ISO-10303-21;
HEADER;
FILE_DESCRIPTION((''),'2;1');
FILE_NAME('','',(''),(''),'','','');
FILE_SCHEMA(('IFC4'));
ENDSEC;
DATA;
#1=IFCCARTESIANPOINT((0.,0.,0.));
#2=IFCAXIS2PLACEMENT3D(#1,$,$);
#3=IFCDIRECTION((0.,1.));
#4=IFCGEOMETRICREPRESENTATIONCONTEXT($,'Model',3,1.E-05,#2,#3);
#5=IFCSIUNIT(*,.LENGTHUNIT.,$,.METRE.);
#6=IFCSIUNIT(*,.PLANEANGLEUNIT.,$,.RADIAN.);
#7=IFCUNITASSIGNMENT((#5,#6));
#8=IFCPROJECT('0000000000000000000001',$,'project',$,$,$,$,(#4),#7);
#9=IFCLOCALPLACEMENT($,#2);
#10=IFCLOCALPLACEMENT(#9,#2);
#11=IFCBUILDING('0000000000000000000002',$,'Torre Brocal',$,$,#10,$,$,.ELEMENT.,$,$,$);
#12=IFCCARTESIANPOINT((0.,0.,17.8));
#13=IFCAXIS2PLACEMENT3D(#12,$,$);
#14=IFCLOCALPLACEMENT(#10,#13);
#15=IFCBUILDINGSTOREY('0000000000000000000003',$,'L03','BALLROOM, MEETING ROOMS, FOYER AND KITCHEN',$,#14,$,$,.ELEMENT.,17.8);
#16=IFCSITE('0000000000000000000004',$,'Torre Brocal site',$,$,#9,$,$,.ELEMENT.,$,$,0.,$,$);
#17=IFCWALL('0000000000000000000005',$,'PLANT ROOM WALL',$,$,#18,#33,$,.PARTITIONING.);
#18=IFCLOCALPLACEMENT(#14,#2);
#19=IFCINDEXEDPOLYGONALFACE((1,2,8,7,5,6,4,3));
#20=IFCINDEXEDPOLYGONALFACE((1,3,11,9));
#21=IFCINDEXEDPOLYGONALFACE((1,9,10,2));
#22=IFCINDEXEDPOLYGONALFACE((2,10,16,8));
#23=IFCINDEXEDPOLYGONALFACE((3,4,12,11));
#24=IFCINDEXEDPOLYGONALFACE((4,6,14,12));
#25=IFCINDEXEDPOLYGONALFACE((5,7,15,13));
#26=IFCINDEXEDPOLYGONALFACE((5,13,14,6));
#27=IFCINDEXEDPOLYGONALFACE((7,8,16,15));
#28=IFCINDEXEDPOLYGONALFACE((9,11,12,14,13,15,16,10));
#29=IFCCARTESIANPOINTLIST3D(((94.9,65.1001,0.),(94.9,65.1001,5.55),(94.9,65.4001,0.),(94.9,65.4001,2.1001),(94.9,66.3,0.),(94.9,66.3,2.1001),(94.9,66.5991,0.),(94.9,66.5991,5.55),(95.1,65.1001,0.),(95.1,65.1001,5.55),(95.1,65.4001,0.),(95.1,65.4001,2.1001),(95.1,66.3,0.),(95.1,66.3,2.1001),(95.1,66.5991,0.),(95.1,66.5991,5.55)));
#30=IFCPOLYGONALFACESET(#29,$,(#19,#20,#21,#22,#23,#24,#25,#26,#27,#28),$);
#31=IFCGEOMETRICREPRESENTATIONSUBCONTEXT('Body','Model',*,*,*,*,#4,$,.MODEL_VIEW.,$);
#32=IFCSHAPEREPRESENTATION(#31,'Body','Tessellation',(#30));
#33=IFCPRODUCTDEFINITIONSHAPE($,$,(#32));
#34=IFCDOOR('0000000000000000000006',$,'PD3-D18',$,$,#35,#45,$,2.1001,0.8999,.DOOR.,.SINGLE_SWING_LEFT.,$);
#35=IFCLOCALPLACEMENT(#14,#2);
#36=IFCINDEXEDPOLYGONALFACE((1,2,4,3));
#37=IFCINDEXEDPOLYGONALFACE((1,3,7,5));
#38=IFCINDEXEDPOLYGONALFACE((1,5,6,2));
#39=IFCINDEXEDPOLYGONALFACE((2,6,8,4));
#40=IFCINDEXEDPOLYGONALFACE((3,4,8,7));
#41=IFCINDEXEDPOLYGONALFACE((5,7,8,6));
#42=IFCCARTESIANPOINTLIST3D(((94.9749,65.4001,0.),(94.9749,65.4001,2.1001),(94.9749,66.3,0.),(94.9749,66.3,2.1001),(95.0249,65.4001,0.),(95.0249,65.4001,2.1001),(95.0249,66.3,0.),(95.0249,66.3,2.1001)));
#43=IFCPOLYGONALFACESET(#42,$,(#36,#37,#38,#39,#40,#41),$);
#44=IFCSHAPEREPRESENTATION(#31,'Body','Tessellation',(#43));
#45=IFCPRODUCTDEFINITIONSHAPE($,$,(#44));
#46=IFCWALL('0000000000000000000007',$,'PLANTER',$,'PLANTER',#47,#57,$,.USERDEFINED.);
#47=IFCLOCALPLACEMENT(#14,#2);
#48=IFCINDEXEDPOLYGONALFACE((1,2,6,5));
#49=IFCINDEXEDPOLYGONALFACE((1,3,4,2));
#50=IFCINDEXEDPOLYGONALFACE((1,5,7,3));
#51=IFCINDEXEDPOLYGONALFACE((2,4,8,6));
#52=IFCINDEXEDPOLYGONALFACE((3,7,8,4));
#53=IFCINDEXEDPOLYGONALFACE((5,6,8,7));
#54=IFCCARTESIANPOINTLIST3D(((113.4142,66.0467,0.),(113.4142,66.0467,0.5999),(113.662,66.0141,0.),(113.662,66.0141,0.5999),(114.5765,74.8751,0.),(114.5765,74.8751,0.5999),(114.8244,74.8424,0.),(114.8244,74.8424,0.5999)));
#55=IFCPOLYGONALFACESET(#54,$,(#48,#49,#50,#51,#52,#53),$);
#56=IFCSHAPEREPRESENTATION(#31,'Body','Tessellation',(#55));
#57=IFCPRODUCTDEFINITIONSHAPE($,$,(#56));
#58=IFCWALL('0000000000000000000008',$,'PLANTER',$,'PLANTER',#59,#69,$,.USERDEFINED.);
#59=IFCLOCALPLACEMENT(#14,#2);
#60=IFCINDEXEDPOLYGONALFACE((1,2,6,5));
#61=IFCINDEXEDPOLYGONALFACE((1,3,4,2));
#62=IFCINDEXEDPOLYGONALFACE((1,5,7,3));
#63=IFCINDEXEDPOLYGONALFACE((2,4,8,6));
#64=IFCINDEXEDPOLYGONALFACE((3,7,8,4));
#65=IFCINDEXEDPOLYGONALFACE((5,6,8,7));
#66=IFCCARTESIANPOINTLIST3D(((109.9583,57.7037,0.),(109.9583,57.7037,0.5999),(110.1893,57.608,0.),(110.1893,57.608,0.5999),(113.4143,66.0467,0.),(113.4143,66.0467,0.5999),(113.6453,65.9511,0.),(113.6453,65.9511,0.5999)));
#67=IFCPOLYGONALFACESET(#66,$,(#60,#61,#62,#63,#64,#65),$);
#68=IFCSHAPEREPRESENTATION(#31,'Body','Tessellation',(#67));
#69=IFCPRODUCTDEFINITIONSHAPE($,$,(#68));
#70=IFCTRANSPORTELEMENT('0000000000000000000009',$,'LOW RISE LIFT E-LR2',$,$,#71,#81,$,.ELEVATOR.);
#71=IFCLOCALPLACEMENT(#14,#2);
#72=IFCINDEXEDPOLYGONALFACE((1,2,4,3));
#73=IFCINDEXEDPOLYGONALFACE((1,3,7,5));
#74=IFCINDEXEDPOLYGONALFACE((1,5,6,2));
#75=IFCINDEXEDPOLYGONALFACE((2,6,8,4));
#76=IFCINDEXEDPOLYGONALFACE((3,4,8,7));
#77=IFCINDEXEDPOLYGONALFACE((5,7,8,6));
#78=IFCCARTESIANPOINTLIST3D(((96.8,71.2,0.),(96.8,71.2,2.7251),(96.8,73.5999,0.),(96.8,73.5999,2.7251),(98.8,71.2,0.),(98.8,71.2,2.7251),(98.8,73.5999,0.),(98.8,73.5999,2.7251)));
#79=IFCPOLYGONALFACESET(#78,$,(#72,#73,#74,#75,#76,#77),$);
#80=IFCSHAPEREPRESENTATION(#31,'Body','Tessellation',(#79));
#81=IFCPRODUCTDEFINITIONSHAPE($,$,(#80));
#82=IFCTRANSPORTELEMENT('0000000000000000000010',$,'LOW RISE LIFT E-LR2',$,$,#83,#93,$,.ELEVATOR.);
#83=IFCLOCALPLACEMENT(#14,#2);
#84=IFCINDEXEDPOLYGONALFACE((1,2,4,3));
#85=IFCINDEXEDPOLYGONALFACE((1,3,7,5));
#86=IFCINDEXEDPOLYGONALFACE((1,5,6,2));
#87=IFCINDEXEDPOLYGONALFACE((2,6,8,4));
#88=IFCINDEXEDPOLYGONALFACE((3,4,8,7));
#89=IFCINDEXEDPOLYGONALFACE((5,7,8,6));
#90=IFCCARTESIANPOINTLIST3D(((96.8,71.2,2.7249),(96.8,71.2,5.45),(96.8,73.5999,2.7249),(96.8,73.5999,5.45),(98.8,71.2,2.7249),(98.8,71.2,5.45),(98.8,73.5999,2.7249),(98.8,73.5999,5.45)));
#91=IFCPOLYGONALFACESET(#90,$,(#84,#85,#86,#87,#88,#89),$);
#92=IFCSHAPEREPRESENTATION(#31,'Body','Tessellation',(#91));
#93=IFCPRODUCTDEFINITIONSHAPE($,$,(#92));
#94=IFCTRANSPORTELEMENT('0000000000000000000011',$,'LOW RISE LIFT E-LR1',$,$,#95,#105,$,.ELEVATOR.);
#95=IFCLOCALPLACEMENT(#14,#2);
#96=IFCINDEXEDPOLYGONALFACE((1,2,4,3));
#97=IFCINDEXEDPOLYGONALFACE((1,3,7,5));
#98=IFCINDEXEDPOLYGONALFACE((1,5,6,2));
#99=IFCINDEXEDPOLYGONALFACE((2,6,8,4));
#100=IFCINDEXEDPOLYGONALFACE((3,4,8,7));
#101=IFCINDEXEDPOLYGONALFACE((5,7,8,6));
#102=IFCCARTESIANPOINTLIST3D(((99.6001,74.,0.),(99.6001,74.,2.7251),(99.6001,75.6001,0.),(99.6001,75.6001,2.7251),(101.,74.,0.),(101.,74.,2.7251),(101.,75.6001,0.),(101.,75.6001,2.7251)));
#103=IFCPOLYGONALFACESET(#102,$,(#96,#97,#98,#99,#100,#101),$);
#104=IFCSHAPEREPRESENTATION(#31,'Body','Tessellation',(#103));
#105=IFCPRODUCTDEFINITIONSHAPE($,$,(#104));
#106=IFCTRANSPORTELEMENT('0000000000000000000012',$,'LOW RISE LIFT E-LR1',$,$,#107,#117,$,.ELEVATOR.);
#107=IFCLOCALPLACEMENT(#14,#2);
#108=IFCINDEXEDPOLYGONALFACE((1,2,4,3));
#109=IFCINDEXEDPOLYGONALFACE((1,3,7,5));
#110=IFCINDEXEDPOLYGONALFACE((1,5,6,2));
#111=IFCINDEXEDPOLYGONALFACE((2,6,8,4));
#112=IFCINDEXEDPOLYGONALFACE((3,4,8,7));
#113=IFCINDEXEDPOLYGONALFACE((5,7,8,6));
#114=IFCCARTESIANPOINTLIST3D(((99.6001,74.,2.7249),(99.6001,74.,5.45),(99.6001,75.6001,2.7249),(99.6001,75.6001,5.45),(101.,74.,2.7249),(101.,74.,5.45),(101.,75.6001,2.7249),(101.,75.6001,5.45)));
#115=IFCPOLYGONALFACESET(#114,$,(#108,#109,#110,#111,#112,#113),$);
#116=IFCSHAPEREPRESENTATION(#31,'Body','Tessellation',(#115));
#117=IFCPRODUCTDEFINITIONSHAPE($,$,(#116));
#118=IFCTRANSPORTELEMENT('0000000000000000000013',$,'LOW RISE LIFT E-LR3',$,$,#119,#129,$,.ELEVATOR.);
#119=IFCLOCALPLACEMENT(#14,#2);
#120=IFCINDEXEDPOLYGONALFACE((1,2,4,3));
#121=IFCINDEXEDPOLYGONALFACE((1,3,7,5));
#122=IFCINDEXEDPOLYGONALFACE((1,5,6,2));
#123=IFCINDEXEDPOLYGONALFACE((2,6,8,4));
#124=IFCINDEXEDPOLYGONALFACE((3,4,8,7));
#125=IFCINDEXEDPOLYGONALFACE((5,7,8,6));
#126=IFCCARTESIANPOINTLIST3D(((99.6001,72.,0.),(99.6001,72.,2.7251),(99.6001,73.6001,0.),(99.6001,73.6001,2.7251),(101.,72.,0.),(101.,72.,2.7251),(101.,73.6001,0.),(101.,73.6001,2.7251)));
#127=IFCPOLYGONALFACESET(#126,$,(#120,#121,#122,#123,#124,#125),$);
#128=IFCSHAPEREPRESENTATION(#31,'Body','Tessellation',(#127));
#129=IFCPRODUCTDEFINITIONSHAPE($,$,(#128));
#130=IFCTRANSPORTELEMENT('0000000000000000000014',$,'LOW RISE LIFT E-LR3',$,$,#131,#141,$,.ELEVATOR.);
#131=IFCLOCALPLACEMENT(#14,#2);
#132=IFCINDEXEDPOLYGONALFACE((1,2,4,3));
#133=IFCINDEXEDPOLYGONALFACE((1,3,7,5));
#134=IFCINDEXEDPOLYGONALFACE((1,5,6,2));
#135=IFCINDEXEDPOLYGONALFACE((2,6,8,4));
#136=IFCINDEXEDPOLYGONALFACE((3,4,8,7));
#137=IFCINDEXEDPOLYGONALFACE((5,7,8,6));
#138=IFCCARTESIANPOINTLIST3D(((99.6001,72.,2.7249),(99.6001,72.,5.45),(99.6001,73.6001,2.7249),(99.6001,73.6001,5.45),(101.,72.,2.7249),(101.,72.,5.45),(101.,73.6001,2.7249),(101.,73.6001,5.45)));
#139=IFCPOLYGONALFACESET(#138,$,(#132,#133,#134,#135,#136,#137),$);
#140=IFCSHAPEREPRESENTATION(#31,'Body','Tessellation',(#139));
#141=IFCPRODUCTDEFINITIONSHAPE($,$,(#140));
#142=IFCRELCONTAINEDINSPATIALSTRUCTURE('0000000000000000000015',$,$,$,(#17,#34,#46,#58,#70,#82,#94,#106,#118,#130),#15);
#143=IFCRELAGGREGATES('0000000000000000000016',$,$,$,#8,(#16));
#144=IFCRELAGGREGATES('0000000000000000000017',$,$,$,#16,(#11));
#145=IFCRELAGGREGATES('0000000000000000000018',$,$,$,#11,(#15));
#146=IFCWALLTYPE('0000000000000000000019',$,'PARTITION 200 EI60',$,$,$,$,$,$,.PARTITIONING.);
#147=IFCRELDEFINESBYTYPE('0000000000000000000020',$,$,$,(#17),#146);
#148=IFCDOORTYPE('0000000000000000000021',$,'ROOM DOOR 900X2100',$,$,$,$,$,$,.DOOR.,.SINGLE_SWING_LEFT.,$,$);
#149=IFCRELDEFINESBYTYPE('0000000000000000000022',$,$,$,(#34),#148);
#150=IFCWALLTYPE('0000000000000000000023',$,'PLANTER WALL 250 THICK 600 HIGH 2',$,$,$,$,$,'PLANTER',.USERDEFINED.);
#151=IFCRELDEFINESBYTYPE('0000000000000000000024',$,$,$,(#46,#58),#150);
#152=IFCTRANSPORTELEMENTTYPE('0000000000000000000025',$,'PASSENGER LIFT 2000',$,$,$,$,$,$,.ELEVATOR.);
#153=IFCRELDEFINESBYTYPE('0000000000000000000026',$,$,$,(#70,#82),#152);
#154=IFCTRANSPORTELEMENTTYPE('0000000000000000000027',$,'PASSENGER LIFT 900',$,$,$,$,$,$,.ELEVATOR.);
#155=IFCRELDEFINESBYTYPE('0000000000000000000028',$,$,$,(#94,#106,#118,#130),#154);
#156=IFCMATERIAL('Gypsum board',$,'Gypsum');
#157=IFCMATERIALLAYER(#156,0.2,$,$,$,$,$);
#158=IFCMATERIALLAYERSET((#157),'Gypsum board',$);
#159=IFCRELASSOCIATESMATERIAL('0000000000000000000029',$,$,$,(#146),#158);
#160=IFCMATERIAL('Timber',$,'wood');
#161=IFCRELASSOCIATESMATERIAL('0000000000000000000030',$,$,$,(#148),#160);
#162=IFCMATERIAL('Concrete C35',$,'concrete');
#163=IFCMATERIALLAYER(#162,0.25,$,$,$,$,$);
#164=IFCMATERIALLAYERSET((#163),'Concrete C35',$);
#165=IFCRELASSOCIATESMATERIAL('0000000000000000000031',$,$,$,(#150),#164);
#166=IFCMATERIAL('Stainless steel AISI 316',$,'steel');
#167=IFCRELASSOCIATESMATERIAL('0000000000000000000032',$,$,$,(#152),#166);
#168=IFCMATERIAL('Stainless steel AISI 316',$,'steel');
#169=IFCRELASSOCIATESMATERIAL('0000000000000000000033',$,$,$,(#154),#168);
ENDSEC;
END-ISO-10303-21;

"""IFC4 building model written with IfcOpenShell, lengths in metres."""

from ifc_helpers import new_model, si_unit, direction, frame, frame_2d, origin, origin_2d, place, context, subcontext, project, spatial, rectangle, extrude, material, layer, layer_set, type_object, element, fill, save


model = new_model("IFC4")

# Units and contexts
model_context = context("Model", 3, precision=1e-05, world=origin(), true_north=direction((0.0, 1.0)))
body_context = subcontext(model_context, "Body", "Model", "MODEL_VIEW")
ifc_project = project(units=[si_unit("LENGTHUNIT", "METRE"), si_unit("PLANEANGLEUNIT", "RADIAN")], contexts=[model_context])

# Site, building, storey
site_placement = place(None, origin())
site = spatial("IfcSite", under=ifc_project, at=site_placement, Name="Torre Brocal site", CompositionType="ELEMENT", RefElevation=0.0)
building_placement = place(site_placement, origin())
building = spatial("IfcBuilding", under=site, at=building_placement, Name="Torre Brocal", CompositionType="ELEMENT")
storey_placement = place(building_placement, frame((0.0, 0.0, 17.8)))
storey = spatial("IfcBuildingStorey", under=building, at=storey_placement, Name="L03", Description="BALLROOM, MEETING ROOMS, FOYER AND KITCHEN", CompositionType="ELEMENT", Elevation=17.8)

# Wall, opening, door
ifc_material_1 = material(Name="Gypsum board", Category="Gypsum")
ifc_layer_1 = layer(ifc_material_1, 0.2)
ifc_layer_set_1 = layer_set([ifc_layer_1], Name="Gypsum board")
wall_type_1 = type_object("IfcWallType", Name="PARTITION 200 EI60", PredefinedType="PARTITIONING", material=ifc_layer_set_1)
wall_1_placement = place(storey_placement, frame((95.0, 65.1001, 0.0), z_axis=(0.0, 0.0, 1.0), x_axis=(0.0, 1.0, 0.0)))
wall_1 = element("IfcWall", 1, at=wall_1_placement, inside=storey, type_object=wall_type_1, Name="PLANT ROOM WALL", PredefinedType="PARTITIONING", context=body_context, shape_type="SweptSolid", body=[
    extrude(rectangle(XDim=1.499, YDim=0.2, at=frame_2d((0.7495, 0.0))), origin(), (0.0, 0.0, 1.0), 5.55),
])
opening_placement = place(wall_1_placement, frame((0.3, 0.0, 0.0)))
opening = element("IfcOpeningElement", 2, at=opening_placement, cuts=wall_1, PredefinedType="OPENING", context=body_context, shape_type="SweptSolid", body=[
    extrude(rectangle(XDim=0.8999, YDim=2.1001, at=frame_2d((0.45, 1.05))), frame((0.0, 0.1099, 0.0), z_axis=(0.0, -1.0, 0.0), x_axis=(1.0, 0.0, 0.0)), (0.0, 0.0, 1.0), 0.22),
])
ifc_material_2 = material(Name="Timber", Category="wood")
door_type = type_object("IfcDoorType", Name="ROOM DOOR 900X2100", OperationType="SINGLE_SWING_LEFT", PredefinedType="DOOR", material=ifc_material_2)
door_placement = place(opening_placement, frame((0.8999, 0.0, 0.0), z_axis=(0.0, 0.0, 1.0), x_axis=(-1.0, 0.0, 0.0)))
door = element("IfcDoor", 3, at=door_placement, inside=storey, type_object=door_type, Name="PD3-D18", OperationType="SINGLE_SWING_LEFT", OverallHeight=2.1001, OverallWidth=0.8999, PredefinedType="DOOR", context=body_context, shape_type="SweptSolid", body=[
    extrude(rectangle(XDim=0.8999, YDim=2.1001, at=frame_2d((0.45, 1.05))), frame((0.0, 0.0249, 0.0), z_axis=(0.0, -1.0, 0.0), x_axis=(1.0, 0.0, 0.0)), (0.0, 0.0, 1.0), 0.05),
])
fill(opening, door)

# Walls
ifc_material_3 = material(Name="Concrete C35", Category="concrete")
ifc_layer_2 = layer(ifc_material_3, 0.25)
ifc_layer_set_2 = layer_set([ifc_layer_2], Name="Concrete C35")
wall_type_2 = type_object("IfcWallType", Name="PLANTER WALL 250 THICK 600 HIGH 2", ElementType="PLANTER", PredefinedType="USERDEFINED", material=ifc_layer_set_2)
wall_2_placement = place(storey_placement, frame((114.7004, 74.8586, 0.0), z_axis=(0.0, 0.0, 1.0), x_axis=(-0.130535, -0.991444, 0.0)))
element("IfcWall", 4, at=wall_2_placement, inside=storey, type_object=wall_type_2, Name="PLANTER", ObjectType="PLANTER", PredefinedType="USERDEFINED", context=body_context, shape_type="SweptSolid", body=[
    extrude(rectangle(XDim=8.9045, YDim=0.25, at=frame_2d((4.4521, 0.0))), origin(), (0.0, 0.0, 1.0), 0.5999),
])
wall_3_placement = place(storey_placement, frame((113.5298, 65.9988, 0.0), z_axis=(0.0, 0.0, 1.0), x_axis=(-0.382708, -0.923869, 0.0)))
element("IfcWall", 5, at=wall_3_placement, inside=storey, type_object=wall_type_2, Name="PLANTER", ObjectType="PLANTER", PredefinedType="USERDEFINED", context=body_context, shape_type="SweptSolid", body=[
    extrude(rectangle(XDim=9.0305, YDim=0.25, at=frame_2d((4.5151, 0.0))), origin(), (0.0, 0.0, 1.0), 0.5999),
])

# Transport elements
ifc_material_4 = material(Name="Stainless steel AISI 316", Category="steel")
transport_element_type_1 = type_object("IfcTransportElementType", Name="PASSENGER LIFT 2000", PredefinedType="ELEVATOR", material=ifc_material_4)
for number, where, z_axis, x_axis, name in (
    (6, (97.8, 72.3999, 0.0), (0.0, 0.0, 1.0), (1.0, 0.0, 0.0), "LOW RISE LIFT E-LR2"),
    (7, (97.8, 72.3999, 2.7249), (0.0, 0.0, 1.0), (1.0, 0.0, 0.0), "LOW RISE LIFT E-LR2"),
):
    element("IfcTransportElement", number, at=place(storey_placement, frame(where, z_axis=z_axis, x_axis=x_axis)), inside=storey, type_object=transport_element_type_1, Name=name, PredefinedType="ELEVATOR", context=body_context, shape_type="SweptSolid", body=[
        extrude(rectangle(XDim=2.0, YDim=2.3999, at=origin_2d()), origin(), (0.0, 0.0, 1.0), 2.7251),
    ])
ifc_material_5 = material(Name="Stainless steel AISI 316", Category="steel")
transport_element_type_2 = type_object("IfcTransportElementType", Name="PASSENGER LIFT 900", PredefinedType="ELEVATOR", material=ifc_material_5)
for number, where, z_axis, x_axis, name in (
    (8, (100.3, 74.8, 0.0), (0.0, 0.0, 1.0), (1.0, 0.0, 0.0), "LOW RISE LIFT E-LR1"),
    (9, (100.3, 74.8, 2.7249), (0.0, 0.0, 1.0), (1.0, 0.0, 0.0), "LOW RISE LIFT E-LR1"),
    (10, (100.3, 72.8, 0.0), (0.0, 0.0, 1.0), (1.0, 0.0, 0.0), "LOW RISE LIFT E-LR3"),
    (11, (100.3, 72.8, 2.7249), (0.0, 0.0, 1.0), (1.0, 0.0, 0.0), "LOW RISE LIFT E-LR3"),
):
    element("IfcTransportElement", number, at=place(storey_placement, frame(where, z_axis=z_axis, x_axis=x_axis)), inside=storey, type_object=transport_element_type_2, Name=name, PredefinedType="ELEVATOR", context=body_context, shape_type="SweptSolid", body=[
        extrude(rectangle(XDim=1.3999, YDim=1.6001, at=origin_2d()), origin(), (0.0, 0.0, 1.0), 2.7251),
    ])

save(model, "model.ifc")
